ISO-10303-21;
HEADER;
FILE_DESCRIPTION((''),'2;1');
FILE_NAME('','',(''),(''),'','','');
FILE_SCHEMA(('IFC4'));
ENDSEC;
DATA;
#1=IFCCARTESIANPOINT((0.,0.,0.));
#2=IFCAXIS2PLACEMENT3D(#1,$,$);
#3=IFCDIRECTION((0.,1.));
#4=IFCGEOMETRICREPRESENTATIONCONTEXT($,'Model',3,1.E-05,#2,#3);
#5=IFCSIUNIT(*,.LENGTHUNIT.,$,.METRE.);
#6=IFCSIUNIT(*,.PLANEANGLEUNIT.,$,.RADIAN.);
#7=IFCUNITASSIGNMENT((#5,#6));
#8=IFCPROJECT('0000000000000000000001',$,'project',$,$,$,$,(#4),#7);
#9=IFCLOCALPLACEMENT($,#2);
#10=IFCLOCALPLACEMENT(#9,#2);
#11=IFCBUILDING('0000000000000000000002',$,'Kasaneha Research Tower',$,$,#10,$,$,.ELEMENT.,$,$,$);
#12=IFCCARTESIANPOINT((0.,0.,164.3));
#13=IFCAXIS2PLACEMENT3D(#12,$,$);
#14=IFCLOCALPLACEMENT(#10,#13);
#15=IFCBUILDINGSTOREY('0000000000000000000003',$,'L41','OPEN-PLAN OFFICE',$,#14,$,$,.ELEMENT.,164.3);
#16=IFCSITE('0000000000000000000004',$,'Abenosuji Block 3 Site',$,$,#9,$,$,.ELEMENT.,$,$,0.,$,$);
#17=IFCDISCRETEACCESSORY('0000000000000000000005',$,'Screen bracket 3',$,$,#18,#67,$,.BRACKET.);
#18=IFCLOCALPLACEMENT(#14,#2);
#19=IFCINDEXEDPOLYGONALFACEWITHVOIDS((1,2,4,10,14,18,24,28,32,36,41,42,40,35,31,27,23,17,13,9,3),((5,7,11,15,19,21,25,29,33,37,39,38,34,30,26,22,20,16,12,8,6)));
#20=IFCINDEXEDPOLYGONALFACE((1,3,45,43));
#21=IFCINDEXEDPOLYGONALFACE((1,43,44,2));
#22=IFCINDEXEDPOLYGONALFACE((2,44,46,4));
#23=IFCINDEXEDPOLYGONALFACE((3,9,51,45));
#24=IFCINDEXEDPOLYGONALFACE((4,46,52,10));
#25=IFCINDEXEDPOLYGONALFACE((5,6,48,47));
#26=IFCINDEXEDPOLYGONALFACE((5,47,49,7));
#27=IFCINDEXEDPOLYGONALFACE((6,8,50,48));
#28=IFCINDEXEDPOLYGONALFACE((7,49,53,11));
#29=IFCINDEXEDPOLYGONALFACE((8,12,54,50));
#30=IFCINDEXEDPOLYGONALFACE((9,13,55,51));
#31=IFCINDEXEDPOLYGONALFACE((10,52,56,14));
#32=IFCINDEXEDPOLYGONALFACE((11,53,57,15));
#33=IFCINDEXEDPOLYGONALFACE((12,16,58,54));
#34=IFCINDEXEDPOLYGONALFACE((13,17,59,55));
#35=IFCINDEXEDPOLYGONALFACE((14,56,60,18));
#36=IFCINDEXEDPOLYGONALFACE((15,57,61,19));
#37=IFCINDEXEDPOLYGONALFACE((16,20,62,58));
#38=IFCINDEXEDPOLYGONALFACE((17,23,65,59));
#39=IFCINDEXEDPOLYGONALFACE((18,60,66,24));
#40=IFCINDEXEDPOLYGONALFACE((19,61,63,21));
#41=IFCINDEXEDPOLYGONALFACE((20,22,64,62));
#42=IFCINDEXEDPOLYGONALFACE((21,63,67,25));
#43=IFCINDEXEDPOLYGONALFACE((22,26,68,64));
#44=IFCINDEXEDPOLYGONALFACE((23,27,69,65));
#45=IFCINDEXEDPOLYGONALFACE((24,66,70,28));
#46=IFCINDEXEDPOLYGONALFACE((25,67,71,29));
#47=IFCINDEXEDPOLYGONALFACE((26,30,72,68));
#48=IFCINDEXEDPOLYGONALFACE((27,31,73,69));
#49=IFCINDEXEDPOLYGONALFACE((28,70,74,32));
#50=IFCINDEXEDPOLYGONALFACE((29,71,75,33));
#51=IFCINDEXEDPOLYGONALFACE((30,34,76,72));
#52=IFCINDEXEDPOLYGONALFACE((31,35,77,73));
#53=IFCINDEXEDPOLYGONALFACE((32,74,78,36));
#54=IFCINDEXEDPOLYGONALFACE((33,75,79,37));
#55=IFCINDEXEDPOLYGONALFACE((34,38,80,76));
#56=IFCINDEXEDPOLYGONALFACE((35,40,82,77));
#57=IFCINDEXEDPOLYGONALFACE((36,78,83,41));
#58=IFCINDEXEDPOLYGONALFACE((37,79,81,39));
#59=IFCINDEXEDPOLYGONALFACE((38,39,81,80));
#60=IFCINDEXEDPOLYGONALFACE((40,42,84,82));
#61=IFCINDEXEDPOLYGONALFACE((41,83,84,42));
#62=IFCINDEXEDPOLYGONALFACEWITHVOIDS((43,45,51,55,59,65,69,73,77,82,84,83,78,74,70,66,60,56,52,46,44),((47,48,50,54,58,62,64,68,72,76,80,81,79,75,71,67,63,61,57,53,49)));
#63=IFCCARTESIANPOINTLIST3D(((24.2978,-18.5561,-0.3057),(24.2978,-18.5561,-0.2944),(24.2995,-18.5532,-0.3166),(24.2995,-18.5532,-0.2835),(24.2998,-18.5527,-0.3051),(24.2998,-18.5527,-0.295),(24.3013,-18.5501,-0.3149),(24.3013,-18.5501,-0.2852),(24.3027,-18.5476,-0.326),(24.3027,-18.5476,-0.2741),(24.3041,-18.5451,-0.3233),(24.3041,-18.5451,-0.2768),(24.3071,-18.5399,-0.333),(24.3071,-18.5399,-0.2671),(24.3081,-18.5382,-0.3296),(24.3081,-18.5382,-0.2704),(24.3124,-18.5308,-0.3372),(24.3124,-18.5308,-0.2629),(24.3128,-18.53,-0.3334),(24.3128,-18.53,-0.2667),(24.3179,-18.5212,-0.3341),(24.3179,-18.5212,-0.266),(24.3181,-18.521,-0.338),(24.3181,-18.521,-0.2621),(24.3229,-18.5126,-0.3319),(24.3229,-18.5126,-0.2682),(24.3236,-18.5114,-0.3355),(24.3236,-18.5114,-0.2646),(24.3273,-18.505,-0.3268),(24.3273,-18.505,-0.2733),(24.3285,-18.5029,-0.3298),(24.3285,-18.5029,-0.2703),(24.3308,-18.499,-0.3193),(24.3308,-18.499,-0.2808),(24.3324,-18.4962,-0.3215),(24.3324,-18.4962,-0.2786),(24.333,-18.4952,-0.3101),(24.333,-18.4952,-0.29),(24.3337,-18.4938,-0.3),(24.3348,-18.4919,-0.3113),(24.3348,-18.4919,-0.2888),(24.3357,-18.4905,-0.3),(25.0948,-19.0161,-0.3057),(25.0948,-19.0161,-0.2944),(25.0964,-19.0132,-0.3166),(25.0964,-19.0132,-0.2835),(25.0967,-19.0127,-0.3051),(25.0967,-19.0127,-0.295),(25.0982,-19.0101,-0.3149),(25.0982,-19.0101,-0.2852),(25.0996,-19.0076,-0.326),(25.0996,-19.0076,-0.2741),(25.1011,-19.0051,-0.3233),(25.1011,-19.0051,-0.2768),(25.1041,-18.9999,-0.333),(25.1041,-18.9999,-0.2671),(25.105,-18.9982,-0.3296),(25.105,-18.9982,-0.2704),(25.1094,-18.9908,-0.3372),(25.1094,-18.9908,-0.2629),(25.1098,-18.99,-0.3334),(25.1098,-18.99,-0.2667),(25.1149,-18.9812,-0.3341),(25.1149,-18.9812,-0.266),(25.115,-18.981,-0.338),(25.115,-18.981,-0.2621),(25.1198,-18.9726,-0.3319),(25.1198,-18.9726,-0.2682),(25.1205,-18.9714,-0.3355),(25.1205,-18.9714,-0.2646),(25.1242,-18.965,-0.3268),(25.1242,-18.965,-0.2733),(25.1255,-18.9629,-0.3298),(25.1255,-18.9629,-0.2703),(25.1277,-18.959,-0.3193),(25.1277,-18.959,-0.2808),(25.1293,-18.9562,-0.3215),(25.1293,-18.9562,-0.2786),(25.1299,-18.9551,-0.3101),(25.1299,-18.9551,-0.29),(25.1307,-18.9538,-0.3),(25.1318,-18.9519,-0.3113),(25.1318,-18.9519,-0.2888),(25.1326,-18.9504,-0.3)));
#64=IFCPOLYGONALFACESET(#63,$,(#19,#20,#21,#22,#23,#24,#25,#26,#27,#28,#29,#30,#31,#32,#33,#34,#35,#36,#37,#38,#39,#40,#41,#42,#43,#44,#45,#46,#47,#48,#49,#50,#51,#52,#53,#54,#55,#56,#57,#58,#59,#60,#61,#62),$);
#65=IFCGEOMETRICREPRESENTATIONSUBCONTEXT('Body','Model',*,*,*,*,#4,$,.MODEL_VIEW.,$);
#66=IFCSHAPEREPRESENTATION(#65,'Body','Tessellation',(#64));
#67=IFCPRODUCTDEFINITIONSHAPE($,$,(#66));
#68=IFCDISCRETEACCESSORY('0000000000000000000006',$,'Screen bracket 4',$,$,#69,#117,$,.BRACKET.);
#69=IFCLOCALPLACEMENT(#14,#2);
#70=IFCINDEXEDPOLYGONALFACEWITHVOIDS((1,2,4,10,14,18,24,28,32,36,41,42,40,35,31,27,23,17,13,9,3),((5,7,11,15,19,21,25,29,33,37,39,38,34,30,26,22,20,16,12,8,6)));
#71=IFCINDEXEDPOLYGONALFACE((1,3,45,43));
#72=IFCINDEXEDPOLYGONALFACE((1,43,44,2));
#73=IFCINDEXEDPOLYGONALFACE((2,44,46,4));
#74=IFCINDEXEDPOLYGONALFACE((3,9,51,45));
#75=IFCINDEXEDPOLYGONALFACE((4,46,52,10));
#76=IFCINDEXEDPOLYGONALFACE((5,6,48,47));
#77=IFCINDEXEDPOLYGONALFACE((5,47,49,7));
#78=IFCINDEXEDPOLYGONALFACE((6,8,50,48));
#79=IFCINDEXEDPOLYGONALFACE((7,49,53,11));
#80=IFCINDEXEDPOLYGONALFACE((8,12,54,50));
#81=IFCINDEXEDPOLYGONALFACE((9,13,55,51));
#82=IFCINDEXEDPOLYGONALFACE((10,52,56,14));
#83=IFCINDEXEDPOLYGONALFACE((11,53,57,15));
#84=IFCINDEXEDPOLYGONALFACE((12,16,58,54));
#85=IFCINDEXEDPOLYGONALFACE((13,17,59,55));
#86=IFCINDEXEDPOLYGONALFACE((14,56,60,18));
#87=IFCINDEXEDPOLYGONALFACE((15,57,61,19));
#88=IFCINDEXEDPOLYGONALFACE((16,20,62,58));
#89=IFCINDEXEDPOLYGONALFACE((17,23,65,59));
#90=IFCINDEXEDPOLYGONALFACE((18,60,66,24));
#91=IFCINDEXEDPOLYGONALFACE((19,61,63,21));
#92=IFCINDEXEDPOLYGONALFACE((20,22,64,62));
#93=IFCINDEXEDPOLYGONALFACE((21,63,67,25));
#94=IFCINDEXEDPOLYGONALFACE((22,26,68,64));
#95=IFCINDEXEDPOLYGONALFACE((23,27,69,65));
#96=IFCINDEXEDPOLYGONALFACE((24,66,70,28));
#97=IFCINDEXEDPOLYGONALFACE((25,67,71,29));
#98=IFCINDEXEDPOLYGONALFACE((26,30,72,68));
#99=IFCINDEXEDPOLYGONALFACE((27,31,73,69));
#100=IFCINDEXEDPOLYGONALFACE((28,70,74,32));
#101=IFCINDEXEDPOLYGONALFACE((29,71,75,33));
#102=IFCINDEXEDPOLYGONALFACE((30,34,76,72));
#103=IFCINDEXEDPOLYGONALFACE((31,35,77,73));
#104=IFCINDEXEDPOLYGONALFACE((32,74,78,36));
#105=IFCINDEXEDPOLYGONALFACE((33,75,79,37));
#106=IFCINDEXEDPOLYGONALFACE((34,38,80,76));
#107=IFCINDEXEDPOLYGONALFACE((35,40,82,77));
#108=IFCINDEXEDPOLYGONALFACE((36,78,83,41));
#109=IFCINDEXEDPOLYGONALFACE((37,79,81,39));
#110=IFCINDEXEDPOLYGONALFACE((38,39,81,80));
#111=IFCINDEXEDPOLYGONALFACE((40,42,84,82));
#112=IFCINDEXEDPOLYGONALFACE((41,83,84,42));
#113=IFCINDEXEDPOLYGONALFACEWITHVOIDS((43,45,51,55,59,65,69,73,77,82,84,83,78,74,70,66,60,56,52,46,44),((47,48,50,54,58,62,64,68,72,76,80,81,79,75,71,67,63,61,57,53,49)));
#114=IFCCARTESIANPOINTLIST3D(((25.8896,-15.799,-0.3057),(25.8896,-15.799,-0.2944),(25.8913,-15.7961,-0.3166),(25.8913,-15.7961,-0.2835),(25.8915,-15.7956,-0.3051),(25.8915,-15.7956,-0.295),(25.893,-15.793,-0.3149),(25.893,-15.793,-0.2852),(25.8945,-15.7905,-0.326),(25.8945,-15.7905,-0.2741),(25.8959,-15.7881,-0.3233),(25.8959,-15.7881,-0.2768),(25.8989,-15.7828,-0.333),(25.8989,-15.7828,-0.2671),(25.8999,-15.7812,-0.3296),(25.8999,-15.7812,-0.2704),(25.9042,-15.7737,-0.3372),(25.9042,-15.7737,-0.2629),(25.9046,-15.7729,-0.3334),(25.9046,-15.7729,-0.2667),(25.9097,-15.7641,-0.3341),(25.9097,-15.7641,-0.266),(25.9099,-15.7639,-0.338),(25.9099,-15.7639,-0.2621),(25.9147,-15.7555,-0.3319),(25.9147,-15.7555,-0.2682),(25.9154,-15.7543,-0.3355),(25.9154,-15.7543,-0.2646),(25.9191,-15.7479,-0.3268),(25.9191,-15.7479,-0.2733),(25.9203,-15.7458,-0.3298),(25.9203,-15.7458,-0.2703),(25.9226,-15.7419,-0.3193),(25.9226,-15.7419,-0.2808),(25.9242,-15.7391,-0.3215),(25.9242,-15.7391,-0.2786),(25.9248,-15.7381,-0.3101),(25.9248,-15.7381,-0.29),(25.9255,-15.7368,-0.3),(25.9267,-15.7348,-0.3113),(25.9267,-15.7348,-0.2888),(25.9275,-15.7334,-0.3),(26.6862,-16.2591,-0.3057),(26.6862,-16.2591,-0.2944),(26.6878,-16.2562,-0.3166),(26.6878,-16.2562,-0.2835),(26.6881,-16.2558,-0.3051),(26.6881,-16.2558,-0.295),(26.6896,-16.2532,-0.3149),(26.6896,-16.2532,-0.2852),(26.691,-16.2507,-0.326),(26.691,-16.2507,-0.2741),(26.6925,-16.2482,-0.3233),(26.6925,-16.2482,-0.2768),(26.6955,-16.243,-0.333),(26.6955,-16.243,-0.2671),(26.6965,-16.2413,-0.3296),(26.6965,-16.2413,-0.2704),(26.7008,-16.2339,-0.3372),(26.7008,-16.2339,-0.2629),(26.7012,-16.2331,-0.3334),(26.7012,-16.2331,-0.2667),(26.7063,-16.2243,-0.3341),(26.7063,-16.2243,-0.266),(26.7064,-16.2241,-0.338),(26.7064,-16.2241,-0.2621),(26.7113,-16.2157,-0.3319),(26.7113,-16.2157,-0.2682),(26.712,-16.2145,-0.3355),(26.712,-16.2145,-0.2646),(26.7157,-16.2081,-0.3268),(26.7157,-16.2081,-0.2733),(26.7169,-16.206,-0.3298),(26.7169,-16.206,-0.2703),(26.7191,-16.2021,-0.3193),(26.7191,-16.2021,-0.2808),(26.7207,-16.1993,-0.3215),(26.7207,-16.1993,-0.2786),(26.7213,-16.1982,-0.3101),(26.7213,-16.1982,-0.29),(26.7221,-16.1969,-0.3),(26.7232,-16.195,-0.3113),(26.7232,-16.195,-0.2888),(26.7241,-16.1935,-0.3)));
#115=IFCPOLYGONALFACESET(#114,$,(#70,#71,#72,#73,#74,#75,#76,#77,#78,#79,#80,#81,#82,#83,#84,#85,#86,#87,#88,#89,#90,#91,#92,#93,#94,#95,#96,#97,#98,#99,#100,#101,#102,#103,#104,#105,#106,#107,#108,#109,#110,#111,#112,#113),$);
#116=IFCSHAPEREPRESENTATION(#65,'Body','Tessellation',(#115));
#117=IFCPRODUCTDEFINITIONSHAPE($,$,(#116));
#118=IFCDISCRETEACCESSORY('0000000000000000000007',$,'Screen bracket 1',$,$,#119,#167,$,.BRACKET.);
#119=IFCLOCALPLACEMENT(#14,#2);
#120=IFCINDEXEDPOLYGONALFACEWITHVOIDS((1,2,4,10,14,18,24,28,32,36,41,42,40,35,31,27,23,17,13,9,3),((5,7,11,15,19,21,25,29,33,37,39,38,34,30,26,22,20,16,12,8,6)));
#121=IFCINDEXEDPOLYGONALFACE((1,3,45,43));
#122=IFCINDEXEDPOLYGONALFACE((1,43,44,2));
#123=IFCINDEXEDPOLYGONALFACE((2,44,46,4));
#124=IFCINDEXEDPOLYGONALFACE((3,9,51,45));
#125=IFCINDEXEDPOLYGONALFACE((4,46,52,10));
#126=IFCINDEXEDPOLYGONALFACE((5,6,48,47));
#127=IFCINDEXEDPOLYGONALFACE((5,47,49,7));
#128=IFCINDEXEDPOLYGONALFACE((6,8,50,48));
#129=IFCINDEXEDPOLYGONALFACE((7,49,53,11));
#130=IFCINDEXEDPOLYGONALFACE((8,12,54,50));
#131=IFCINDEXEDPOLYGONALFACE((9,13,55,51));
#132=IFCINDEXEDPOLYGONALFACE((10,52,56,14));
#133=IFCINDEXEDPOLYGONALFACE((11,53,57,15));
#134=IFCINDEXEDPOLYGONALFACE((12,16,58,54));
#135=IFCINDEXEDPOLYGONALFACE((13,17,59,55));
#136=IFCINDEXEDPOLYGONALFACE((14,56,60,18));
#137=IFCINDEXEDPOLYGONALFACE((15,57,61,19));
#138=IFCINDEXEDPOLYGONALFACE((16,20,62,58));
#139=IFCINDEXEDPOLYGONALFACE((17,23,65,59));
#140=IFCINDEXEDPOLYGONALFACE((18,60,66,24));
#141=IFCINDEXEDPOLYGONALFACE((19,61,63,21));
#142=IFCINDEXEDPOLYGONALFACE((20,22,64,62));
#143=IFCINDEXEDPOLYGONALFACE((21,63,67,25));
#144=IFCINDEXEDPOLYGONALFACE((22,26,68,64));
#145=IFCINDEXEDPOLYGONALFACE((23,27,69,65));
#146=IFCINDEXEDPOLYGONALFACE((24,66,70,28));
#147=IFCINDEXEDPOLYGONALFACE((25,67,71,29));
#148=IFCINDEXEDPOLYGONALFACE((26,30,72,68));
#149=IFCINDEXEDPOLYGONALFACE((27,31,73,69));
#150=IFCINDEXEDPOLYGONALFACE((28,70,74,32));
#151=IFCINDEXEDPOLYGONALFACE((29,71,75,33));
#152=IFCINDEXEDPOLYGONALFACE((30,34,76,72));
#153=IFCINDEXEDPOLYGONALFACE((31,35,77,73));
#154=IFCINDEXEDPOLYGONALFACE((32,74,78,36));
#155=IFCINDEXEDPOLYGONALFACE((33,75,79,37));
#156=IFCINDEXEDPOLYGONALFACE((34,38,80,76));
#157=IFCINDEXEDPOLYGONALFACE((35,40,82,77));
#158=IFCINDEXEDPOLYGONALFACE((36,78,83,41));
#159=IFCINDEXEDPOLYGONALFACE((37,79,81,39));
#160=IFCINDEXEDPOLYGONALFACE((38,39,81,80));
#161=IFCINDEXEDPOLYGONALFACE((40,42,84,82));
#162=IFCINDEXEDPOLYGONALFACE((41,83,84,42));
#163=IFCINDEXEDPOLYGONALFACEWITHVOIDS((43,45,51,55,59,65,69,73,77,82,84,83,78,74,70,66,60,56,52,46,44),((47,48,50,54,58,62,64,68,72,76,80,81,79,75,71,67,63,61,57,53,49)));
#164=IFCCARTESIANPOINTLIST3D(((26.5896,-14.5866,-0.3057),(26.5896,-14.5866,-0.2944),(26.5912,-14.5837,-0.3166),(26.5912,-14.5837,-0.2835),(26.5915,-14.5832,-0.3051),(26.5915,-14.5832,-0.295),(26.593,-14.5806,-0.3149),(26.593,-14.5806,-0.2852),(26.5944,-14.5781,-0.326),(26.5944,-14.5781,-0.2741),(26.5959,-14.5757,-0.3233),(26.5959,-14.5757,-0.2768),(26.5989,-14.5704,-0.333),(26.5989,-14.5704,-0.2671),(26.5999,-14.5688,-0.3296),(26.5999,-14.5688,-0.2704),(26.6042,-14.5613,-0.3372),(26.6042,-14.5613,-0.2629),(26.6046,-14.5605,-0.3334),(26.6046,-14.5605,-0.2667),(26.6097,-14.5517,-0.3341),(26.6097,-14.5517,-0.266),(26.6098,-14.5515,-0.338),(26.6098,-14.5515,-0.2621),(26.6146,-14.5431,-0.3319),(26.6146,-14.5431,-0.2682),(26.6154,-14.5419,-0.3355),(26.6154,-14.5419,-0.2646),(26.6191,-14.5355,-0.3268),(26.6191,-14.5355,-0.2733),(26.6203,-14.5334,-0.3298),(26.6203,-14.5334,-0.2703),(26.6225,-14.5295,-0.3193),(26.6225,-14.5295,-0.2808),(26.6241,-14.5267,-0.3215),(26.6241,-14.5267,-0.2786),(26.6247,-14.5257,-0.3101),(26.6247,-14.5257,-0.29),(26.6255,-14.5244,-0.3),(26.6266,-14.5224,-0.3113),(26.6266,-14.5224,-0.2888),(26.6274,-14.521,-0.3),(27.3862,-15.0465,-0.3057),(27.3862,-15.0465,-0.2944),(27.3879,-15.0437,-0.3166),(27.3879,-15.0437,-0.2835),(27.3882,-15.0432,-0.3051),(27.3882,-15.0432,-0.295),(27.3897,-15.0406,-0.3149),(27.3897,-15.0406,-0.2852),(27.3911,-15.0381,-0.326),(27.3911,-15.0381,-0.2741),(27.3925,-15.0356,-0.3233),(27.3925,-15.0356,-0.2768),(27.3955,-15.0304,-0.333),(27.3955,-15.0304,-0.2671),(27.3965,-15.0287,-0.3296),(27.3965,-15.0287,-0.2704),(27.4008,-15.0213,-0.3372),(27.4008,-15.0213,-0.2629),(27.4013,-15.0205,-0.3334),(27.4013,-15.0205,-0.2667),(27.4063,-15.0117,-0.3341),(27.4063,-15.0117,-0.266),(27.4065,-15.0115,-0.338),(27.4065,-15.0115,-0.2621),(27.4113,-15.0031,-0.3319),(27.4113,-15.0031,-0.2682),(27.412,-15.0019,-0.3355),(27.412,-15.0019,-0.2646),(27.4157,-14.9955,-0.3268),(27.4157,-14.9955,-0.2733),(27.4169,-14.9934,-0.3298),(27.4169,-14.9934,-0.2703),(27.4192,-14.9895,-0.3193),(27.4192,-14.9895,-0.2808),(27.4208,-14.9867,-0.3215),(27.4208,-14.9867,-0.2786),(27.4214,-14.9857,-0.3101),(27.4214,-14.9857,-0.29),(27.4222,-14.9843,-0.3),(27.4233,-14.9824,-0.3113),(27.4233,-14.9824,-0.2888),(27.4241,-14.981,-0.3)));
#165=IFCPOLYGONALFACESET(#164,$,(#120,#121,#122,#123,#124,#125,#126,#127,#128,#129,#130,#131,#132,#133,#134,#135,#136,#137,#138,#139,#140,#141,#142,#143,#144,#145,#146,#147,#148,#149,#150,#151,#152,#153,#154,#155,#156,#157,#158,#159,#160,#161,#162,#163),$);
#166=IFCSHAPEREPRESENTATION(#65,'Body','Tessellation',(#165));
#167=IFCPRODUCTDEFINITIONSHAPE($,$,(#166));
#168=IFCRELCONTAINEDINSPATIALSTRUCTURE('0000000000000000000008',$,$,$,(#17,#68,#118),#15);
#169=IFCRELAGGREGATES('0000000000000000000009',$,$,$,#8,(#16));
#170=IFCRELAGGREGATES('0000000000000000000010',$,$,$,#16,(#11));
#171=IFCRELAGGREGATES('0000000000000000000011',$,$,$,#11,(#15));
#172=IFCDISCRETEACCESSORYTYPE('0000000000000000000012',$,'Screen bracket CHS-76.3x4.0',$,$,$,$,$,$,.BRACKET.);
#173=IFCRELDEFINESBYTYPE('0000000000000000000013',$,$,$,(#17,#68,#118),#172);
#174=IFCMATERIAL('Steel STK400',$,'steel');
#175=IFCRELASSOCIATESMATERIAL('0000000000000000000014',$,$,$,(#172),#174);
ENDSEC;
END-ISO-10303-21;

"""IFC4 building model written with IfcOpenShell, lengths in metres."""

from ifc_helpers import new_model, si_unit, direction, frame, origin, origin_2d, place, context, subcontext, project, spatial, hollow_circle, extrude, material, material_profile, profile_set, type_object, element, save


model = new_model("IFC4")

# Units and contexts
model_context = context("Model", 3, precision=1e-05, world=origin(), true_north=direction((0.0, 1.0)))
body_context = subcontext(model_context, "Body", "Model", "MODEL_VIEW")
ifc_project = project(units=[si_unit("LENGTHUNIT", "METRE"), si_unit("PLANEANGLEUNIT", "RADIAN")], contexts=[model_context])

# Site, building, storey
site_placement = place(None, origin())
site = spatial("IfcSite", under=ifc_project, at=site_placement, Name="Abenosuji Block 3 Site", CompositionType="ELEMENT", RefElevation=0.0)
building_placement = place(site_placement, origin())
building = spatial("IfcBuilding", under=site, at=building_placement, Name="Kasaneha Research Tower", CompositionType="ELEMENT")
storey_placement = place(building_placement, frame((0.0, 0.0, 164.3)))
storey = spatial("IfcBuildingStorey", under=building, at=storey_placement, Name="L41", Description="OPEN-PLAN OFFICE", CompositionType="ELEMENT", Elevation=164.3)

# Discrete accessories
ifc_material_1 = material(Name="Steel STK400", Category="steel")
ifc_material_profile_1 = material_profile(ifc_material_1, hollow_circle(Radius=0.0381, WallThickness=0.0039, at=origin_2d()), Name="CHS-76.3x4.0")
ifc_profile_set_1 = profile_set([ifc_material_profile_1], Name="Steel STK400")
discrete_accessory_type = type_object("IfcDiscreteAccessoryType", Name="Screen bracket CHS-76.3x4.0", PredefinedType="BRACKET", material=ifc_profile_set_1)
discrete_accessory_1_placement = place(storey_placement, frame((24.3167, -18.5234, -0.3), z_axis=(0.86608, -0.499906, 0.0), x_axis=(0.499906, 0.86608, 0.0)))
element("IfcDiscreteAccessory", 1, at=discrete_accessory_1_placement, inside=storey, type_object=discrete_accessory_type, Name="Screen bracket 3", PredefinedType="BRACKET", context=body_context, shape_type="SweptSolid", body=[
    extrude(hollow_circle(Radius=0.0381, WallThickness=0.0039, at=origin_2d()), origin(), (0.0, 0.0, 1.0), 0.9202),
])
for number, where, z_axis, x_axis, name in (
    (2, (25.9084, -15.7664, -0.3), (0.865898, -0.50022, 0.0), (0.50022, 0.865898, 0.0), "Screen bracket 4"),
    (3, (26.6084, -14.554, -0.3), (0.866013, -0.500021, 0.0), (0.500021, 0.866013, 0.0), "Screen bracket 1"),
):
    element("IfcDiscreteAccessory", number, at=place(storey_placement, frame(where, z_axis=z_axis, x_axis=x_axis)), inside=storey, type_object=discrete_accessory_type, Name=name, PredefinedType="BRACKET", context=body_context, shape_type="SweptSolid", body=[
        extrude(hollow_circle(Radius=0.0381, WallThickness=0.0039, at=origin_2d()), origin(), (0.0, 0.0, 1.0), 0.9199),
    ])

save(model, "model.ifc")
